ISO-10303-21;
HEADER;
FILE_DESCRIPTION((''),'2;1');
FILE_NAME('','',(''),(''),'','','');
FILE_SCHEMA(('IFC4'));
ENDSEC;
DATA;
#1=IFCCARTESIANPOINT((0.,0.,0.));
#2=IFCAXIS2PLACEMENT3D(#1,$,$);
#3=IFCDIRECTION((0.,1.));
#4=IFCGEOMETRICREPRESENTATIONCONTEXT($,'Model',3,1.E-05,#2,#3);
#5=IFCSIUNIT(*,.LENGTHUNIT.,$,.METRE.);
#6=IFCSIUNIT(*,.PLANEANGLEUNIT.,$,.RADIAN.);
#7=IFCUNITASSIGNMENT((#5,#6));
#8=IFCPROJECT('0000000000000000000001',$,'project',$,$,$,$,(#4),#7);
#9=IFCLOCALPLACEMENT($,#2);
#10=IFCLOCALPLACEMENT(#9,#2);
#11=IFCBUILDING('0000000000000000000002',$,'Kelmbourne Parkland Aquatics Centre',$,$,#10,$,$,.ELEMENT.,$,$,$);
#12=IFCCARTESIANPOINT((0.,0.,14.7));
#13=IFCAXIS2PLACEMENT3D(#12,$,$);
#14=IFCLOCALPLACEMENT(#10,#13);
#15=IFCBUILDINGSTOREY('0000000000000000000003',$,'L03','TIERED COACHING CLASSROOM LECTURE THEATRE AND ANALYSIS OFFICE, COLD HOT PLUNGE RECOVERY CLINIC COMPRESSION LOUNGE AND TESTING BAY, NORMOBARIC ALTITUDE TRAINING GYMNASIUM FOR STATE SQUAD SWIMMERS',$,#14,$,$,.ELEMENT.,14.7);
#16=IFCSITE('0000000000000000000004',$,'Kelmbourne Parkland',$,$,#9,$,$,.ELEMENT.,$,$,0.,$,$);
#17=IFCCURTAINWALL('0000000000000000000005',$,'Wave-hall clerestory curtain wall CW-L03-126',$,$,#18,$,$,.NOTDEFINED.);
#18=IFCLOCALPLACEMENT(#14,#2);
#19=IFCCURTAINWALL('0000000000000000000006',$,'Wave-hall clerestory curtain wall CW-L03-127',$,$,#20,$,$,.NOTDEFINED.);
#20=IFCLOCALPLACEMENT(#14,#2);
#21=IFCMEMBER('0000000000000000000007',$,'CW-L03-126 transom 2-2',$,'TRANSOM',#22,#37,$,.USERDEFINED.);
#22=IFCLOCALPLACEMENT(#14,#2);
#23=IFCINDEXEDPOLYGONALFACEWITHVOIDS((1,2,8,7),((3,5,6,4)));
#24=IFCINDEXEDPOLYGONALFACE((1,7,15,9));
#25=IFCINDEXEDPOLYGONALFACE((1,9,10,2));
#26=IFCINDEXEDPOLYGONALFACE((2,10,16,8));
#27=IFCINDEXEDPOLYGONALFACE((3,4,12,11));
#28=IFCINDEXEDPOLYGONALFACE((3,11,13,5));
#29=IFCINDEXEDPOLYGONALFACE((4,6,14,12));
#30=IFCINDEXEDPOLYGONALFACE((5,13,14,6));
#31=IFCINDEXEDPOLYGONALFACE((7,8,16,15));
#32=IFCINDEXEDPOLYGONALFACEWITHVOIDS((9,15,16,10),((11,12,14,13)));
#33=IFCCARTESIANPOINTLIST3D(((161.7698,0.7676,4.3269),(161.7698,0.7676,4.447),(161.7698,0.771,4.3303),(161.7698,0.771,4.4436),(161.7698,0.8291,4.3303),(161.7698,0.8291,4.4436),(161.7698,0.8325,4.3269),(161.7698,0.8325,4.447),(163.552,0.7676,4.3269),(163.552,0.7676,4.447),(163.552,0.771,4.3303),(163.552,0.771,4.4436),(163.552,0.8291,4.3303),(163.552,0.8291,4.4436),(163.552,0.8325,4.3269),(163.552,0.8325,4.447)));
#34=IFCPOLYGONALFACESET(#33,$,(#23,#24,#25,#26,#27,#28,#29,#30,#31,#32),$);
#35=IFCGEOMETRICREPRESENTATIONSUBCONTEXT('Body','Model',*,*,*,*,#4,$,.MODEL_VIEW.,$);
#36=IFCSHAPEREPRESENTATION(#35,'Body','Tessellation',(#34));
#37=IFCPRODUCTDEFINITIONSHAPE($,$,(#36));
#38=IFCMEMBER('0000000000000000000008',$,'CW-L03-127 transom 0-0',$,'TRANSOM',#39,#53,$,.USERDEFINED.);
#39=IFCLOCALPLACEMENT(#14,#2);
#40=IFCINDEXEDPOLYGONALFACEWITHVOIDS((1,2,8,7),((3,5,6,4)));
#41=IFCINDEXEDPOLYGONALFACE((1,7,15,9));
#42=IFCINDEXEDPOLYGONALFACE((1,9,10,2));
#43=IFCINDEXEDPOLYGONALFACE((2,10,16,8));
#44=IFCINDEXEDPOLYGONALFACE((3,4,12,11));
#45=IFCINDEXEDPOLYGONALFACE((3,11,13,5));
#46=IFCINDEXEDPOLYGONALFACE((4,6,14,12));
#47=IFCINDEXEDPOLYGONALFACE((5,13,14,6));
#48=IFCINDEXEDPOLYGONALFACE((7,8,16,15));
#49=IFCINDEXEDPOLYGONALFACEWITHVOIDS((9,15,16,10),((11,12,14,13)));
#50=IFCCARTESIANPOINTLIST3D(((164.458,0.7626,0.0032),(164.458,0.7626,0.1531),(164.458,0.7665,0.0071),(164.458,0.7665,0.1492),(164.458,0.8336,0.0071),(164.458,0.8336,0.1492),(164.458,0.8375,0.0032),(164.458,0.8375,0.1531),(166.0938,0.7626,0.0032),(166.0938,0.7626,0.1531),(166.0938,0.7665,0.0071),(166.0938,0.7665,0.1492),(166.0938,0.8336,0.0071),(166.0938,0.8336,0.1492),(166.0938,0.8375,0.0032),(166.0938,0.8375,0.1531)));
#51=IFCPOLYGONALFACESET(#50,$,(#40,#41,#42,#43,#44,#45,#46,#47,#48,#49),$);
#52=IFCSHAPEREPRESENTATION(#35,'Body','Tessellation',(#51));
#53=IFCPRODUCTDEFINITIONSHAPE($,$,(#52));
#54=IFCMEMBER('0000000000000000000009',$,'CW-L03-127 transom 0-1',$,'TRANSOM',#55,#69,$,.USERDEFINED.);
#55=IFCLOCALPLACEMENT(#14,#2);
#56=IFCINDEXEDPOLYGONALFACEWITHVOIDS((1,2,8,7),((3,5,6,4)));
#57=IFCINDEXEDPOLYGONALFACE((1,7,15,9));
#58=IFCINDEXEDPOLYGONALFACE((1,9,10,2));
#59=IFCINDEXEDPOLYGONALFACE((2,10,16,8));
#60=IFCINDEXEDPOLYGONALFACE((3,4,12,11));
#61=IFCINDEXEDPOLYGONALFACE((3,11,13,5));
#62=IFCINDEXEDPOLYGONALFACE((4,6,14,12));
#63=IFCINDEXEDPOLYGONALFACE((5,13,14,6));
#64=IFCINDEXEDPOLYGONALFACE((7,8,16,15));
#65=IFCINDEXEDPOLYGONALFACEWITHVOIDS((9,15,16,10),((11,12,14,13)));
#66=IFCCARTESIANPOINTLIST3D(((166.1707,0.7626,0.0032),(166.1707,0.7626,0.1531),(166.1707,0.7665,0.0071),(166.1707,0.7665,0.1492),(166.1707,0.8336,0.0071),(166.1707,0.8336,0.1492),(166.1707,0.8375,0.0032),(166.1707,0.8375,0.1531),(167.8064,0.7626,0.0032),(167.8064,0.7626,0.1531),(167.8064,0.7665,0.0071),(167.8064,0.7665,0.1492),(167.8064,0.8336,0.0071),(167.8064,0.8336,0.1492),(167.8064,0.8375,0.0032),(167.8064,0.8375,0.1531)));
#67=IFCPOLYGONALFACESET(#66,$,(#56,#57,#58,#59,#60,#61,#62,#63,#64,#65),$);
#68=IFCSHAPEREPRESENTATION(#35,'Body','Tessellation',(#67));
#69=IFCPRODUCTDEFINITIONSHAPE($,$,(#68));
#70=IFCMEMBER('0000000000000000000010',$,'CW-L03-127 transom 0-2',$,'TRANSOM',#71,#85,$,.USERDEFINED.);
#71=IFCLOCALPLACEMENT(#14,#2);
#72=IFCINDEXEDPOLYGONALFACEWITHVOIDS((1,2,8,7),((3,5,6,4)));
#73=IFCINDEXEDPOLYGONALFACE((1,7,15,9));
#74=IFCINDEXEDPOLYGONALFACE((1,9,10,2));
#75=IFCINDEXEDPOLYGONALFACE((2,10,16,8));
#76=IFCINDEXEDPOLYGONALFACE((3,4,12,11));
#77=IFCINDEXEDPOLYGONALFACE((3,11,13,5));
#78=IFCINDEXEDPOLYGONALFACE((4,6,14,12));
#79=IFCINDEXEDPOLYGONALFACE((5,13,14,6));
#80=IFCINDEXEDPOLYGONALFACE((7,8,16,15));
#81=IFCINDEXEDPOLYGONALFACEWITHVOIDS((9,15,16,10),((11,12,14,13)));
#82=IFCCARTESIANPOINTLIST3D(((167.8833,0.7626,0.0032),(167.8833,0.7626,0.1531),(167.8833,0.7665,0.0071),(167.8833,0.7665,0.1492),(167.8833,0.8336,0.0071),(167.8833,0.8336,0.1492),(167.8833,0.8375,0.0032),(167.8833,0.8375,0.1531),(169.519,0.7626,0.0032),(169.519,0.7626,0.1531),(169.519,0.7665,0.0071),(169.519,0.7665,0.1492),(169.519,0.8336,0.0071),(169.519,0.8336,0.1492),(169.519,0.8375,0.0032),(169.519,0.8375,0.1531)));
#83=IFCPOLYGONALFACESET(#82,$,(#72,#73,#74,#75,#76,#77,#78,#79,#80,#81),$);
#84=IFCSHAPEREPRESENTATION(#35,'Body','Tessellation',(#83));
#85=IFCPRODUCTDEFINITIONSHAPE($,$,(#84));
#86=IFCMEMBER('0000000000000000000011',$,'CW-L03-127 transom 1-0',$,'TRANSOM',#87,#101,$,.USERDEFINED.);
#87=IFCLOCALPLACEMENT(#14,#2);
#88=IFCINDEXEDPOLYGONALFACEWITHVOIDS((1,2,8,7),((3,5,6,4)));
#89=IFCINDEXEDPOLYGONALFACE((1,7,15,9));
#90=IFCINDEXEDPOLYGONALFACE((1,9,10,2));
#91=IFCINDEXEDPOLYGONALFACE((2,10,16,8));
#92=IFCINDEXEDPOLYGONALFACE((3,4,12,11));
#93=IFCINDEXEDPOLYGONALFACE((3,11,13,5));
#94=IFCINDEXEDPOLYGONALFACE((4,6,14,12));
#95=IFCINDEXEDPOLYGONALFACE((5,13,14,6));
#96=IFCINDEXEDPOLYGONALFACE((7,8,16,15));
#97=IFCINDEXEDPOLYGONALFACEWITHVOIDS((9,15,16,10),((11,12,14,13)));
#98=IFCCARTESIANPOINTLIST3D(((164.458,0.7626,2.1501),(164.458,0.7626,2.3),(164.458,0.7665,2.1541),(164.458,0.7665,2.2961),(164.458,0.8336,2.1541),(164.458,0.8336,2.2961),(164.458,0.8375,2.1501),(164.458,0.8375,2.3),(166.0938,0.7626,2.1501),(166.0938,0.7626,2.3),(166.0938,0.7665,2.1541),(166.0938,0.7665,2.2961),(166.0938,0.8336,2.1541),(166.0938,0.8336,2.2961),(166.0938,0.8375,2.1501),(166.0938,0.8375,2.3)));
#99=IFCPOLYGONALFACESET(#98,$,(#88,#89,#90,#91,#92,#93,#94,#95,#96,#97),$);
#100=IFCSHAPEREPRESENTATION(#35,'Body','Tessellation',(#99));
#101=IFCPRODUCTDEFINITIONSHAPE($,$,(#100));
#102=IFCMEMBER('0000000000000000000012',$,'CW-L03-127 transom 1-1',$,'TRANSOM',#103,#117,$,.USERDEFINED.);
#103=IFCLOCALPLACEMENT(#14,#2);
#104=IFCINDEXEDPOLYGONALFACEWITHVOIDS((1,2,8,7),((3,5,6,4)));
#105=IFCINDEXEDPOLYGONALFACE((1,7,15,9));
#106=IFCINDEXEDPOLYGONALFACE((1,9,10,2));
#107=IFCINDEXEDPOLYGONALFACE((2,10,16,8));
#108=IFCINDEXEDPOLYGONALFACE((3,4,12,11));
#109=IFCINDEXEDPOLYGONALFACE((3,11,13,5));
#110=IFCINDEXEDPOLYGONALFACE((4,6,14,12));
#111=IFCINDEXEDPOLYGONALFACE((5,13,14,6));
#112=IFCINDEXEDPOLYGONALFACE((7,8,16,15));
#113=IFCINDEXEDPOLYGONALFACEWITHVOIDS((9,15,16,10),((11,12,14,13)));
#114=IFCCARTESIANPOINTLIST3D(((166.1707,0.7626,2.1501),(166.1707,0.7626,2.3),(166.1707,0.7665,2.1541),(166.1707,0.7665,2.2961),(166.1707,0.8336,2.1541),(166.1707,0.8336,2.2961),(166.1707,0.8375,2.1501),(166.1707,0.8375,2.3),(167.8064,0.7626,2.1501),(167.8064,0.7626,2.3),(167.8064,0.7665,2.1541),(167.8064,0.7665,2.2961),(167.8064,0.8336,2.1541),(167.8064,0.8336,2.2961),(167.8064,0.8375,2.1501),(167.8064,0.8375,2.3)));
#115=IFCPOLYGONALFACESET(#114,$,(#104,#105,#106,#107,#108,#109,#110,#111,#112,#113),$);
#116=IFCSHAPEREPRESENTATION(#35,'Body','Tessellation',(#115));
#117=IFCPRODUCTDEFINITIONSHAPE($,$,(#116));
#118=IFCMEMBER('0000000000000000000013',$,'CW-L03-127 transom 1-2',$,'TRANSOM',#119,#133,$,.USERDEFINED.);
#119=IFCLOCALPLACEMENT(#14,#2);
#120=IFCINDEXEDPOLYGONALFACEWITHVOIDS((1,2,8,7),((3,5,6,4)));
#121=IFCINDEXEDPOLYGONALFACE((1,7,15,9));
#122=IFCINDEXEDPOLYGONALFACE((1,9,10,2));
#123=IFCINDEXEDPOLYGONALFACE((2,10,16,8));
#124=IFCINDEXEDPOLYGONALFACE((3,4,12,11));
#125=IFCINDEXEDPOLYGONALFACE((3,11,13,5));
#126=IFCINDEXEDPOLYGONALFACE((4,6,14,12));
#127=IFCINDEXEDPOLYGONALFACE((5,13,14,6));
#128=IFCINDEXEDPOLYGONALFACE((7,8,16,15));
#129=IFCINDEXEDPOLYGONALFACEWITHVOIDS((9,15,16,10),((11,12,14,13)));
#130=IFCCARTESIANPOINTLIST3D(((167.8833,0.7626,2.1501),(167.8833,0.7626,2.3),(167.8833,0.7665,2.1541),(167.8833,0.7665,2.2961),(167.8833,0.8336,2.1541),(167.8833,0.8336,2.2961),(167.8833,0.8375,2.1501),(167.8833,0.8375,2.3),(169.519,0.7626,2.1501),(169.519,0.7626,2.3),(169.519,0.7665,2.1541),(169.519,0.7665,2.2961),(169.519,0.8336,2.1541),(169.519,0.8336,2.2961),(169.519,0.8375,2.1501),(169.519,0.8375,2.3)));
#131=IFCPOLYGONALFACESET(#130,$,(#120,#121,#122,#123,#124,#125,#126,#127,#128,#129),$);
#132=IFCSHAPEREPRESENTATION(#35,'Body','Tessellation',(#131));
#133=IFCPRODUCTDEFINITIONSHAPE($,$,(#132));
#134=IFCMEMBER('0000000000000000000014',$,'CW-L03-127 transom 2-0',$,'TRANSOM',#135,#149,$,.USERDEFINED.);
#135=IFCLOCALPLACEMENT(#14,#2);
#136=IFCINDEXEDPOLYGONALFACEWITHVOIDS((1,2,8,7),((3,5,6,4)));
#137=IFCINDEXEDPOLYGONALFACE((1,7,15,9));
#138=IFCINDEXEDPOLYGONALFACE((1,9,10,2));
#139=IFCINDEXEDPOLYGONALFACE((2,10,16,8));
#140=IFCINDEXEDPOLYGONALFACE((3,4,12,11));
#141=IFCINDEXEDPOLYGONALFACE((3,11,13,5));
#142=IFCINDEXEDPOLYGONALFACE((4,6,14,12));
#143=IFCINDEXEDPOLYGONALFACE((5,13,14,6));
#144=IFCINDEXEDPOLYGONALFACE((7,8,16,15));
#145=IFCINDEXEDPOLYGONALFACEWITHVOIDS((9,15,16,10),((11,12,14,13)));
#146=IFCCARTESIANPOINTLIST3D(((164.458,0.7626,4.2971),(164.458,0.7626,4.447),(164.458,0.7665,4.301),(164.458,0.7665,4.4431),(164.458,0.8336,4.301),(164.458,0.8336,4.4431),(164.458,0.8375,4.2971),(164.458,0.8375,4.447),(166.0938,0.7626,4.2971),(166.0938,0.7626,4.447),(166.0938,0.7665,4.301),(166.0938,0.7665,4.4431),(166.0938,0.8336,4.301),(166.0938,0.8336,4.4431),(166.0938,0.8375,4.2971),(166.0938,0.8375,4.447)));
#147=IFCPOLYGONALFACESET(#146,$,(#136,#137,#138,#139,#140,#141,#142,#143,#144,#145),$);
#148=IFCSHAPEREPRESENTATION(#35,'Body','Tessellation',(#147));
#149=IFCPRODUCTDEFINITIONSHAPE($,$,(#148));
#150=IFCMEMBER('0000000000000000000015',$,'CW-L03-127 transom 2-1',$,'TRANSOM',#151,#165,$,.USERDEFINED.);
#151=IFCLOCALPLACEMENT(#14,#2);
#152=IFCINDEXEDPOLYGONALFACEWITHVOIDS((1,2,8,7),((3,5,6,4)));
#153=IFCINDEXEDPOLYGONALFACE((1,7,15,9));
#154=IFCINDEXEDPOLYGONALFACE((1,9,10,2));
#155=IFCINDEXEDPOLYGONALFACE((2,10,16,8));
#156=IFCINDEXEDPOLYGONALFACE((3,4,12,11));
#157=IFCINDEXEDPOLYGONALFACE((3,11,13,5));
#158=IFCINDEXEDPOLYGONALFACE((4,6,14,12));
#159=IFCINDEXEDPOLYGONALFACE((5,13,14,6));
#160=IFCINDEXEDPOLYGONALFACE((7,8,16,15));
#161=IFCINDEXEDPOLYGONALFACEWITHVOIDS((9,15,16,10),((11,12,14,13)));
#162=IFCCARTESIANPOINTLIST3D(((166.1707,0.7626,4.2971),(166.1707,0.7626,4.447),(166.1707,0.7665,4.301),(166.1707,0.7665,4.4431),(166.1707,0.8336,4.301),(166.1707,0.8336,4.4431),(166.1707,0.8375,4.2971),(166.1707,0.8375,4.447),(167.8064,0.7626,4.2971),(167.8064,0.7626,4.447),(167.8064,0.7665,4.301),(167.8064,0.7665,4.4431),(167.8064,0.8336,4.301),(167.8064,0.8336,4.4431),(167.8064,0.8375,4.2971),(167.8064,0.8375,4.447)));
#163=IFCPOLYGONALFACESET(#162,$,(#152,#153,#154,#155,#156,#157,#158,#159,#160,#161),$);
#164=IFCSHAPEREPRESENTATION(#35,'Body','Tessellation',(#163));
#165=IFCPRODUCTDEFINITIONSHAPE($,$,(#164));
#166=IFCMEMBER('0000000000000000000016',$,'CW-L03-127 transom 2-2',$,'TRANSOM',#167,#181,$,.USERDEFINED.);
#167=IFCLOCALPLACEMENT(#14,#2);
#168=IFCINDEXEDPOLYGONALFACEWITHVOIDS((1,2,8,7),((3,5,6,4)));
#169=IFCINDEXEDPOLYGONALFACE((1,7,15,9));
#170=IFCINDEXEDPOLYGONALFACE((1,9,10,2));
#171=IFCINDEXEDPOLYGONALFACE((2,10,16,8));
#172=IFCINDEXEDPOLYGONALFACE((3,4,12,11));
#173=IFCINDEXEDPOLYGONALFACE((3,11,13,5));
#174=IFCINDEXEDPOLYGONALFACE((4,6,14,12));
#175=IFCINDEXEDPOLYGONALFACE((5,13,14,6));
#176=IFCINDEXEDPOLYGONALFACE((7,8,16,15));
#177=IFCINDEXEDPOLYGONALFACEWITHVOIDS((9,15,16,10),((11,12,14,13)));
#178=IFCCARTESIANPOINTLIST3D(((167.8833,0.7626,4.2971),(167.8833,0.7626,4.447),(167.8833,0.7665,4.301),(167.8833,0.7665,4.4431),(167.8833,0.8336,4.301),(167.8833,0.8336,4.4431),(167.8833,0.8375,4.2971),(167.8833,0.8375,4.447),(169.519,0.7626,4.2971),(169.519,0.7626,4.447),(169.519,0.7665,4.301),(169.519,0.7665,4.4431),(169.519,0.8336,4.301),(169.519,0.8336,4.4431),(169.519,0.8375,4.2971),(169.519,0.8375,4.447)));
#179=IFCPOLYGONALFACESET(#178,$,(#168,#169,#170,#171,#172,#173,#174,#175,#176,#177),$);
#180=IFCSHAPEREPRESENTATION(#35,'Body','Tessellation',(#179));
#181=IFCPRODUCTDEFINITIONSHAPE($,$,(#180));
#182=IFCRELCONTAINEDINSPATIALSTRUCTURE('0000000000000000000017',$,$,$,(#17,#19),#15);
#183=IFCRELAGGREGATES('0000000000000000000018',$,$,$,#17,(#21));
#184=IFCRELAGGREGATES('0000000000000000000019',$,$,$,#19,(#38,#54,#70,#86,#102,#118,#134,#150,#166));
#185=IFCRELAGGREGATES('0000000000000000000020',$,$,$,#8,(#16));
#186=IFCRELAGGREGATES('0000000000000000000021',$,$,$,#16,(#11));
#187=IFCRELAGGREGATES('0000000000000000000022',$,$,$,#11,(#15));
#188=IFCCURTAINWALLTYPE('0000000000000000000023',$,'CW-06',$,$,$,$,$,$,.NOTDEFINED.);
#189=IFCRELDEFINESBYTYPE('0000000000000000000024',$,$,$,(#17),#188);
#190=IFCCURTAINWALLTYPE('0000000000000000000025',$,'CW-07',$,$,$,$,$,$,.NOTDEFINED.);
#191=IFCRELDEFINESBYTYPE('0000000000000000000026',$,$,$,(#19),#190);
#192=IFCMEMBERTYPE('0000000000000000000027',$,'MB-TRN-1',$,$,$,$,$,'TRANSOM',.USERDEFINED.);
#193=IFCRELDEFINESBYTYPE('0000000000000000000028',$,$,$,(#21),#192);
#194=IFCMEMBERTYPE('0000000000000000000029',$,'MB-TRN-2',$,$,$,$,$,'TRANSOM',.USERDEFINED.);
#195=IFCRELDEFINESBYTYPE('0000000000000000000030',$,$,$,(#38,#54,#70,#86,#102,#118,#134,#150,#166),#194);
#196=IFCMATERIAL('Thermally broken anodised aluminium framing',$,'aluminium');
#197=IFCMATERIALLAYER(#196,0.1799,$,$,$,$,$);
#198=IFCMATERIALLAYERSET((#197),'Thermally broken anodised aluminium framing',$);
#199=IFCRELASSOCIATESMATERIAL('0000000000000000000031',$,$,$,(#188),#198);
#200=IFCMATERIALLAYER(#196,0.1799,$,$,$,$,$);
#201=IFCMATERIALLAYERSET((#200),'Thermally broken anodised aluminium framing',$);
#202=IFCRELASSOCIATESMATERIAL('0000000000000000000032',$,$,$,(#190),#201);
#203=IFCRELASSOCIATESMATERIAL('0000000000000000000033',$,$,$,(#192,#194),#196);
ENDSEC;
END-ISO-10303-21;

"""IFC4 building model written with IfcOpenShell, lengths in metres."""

from ifc_helpers import new_model, si_unit, direction, frame, origin, origin_2d, place, context, subcontext, project, spatial, hollow_rectangle, extrude, material, layer, layer_set, material_profile, profile_set, type_object, element, aggregate, save


model = new_model("IFC4")

# Units and contexts
model_context = context("Model", 3, precision=1e-05, world=origin(), true_north=direction((0.0, 1.0)))
body_context = subcontext(model_context, "Body", "Model", "MODEL_VIEW")
ifc_project = project(units=[si_unit("LENGTHUNIT", "METRE"), si_unit("PLANEANGLEUNIT", "RADIAN")], contexts=[model_context])

# Site, building, storey
site_placement = place(None, origin())
site = spatial("IfcSite", under=ifc_project, at=site_placement, Name="Kelmbourne Parkland", CompositionType="ELEMENT", RefElevation=0.0)
building_placement = place(site_placement, origin())
building = spatial("IfcBuilding", under=site, at=building_placement, Name="Kelmbourne Parkland Aquatics Centre", CompositionType="ELEMENT")
storey_placement = place(building_placement, frame((0.0, 0.0, 14.7)))
storey = spatial("IfcBuildingStorey", under=building, at=storey_placement, Name="L03", Description="TIERED COACHING CLASSROOM LECTURE THEATRE AND ANALYSIS OFFICE, COLD HOT PLUNGE RECOVERY CLINIC COMPRESSION LOUNGE AND TESTING BAY, NORMOBARIC ALTITUDE TRAINING GYMNASIUM FOR STATE SQUAD SWIMMERS", CompositionType="ELEMENT", Elevation=14.7)

# Curtain wall
ifc_material_1 = material(Name="Thermally broken anodised aluminium framing", Category="aluminium")
ifc_layer_1 = layer(ifc_material_1, 0.1799)
ifc_layer_set_1 = layer_set([ifc_layer_1], Name="Thermally broken anodised aluminium framing")
curtain_wall_type_1 = type_object("IfcCurtainWallType", Name="CW-06", PredefinedType="NOTDEFINED", material=ifc_layer_set_1)
curtain_wall_1_placement = place(storey_placement, origin())
curtain_wall_1 = element("IfcCurtainWall", 1, at=curtain_wall_1_placement, inside=storey, type_object=curtain_wall_type_1, Name="Wave-hall clerestory curtain wall CW-L03-126", PredefinedType="NOTDEFINED")

# Curtain wall
ifc_layer_2 = layer(ifc_material_1, 0.1799)
ifc_layer_set_2 = layer_set([ifc_layer_2], Name="Thermally broken anodised aluminium framing")
curtain_wall_type_2 = type_object("IfcCurtainWallType", Name="CW-07", PredefinedType="NOTDEFINED", material=ifc_layer_set_2)
curtain_wall_2_placement = place(storey_placement, origin())
curtain_wall_2 = element("IfcCurtainWall", 2, at=curtain_wall_2_placement, inside=storey, type_object=curtain_wall_type_2, Name="Wave-hall clerestory curtain wall CW-L03-127", PredefinedType="NOTDEFINED")

# Members
ifc_material_profile_1 = material_profile(ifc_material_1, hollow_rectangle(XDim=0.0649, YDim=0.1201, WallThickness=0.0034, at=origin_2d()), Name="CW-T 65x120")
ifc_profile_set_1 = profile_set([ifc_material_profile_1], Name="Thermally broken anodised aluminium framing")
member_type_1 = type_object("IfcMemberType", Name="MB-TRN-1", ElementType="TRANSOM", PredefinedType="USERDEFINED", material=ifc_profile_set_1)
member_1_placement = place(storey_placement, frame((161.7698, 0.8, 4.387), z_axis=(1.0, 0.0, 0.0), x_axis=(0.0, 1.0, 0.0)))
member_1 = element("IfcMember", 3, at=member_1_placement, type_object=member_type_1, Name="CW-L03-126 transom 2-2", ObjectType="TRANSOM", PredefinedType="USERDEFINED", context=body_context, shape_type="SweptSolid", body=[
    extrude(hollow_rectangle(XDim=0.0649, YDim=0.1201, WallThickness=0.0034, at=origin_2d()), origin(), (0.0, 0.0, 1.0), 1.7822),
])
ifc_material_profile_2 = material_profile(ifc_material_1, hollow_rectangle(XDim=0.075, YDim=0.1499, WallThickness=0.0039, at=origin_2d()), Name="CW-T 75x150")
ifc_profile_set_2 = profile_set([ifc_material_profile_2], Name="Thermally broken anodised aluminium framing")
member_type_2 = type_object("IfcMemberType", Name="MB-TRN-2", ElementType="TRANSOM", PredefinedType="USERDEFINED", material=ifc_profile_set_2)
member_2_placement = place(storey_placement, frame((164.458, 0.8, 0.0781), z_axis=(1.0, 0.0, 0.0), x_axis=(0.0, 1.0, 0.0)))
member_2 = element("IfcMember", 4, at=member_2_placement, type_object=member_type_2, Name="CW-L03-127 transom 0-0", ObjectType="TRANSOM", PredefinedType="USERDEFINED", context=body_context, shape_type="SweptSolid", body=[
    extrude(hollow_rectangle(XDim=0.075, YDim=0.1499, WallThickness=0.0039, at=origin_2d()), origin(), (0.0, 0.0, 1.0), 1.6357),
])
member_3_placement = place(storey_placement, frame((166.1707, 0.8, 0.0781), z_axis=(1.0, 0.0, 0.0), x_axis=(0.0, 1.0, 0.0)))
member_3 = element("IfcMember", 5, at=member_3_placement, type_object=member_type_2, Name="CW-L03-127 transom 0-1", ObjectType="TRANSOM", PredefinedType="USERDEFINED", context=body_context, shape_type="SweptSolid", body=[
    extrude(hollow_rectangle(XDim=0.075, YDim=0.1499, WallThickness=0.0039, at=origin_2d()), origin(), (0.0, 0.0, 1.0), 1.6357),
])
member_4_placement = place(storey_placement, frame((167.8833, 0.8, 0.0781), z_axis=(1.0, 0.0, 0.0), x_axis=(0.0, 1.0, 0.0)))
member_4 = element("IfcMember", 6, at=member_4_placement, type_object=member_type_2, Name="CW-L03-127 transom 0-2", ObjectType="TRANSOM", PredefinedType="USERDEFINED", context=body_context, shape_type="SweptSolid", body=[
    extrude(hollow_rectangle(XDim=0.075, YDim=0.1499, WallThickness=0.0039, at=origin_2d()), origin(), (0.0, 0.0, 1.0), 1.6357),
])
member_5_placement = place(storey_placement, frame((164.458, 0.8, 2.2251), z_axis=(1.0, 0.0, 0.0), x_axis=(0.0, 1.0, 0.0)))
member_5 = element("IfcMember", 7, at=member_5_placement, type_object=member_type_2, Name="CW-L03-127 transom 1-0", ObjectType="TRANSOM", PredefinedType="USERDEFINED", context=body_context, shape_type="SweptSolid", body=[
    extrude(hollow_rectangle(XDim=0.075, YDim=0.1499, WallThickness=0.0039, at=origin_2d()), origin(), (0.0, 0.0, 1.0), 1.6357),
])
member_6_placement = place(storey_placement, frame((166.1707, 0.8, 2.2251), z_axis=(1.0, 0.0, 0.0), x_axis=(0.0, 1.0, 0.0)))
member_6 = element("IfcMember", 8, at=member_6_placement, type_object=member_type_2, Name="CW-L03-127 transom 1-1", ObjectType="TRANSOM", PredefinedType="USERDEFINED", context=body_context, shape_type="SweptSolid", body=[
    extrude(hollow_rectangle(XDim=0.075, YDim=0.1499, WallThickness=0.0039, at=origin_2d()), origin(), (0.0, 0.0, 1.0), 1.6357),
])
member_7_placement = place(storey_placement, frame((167.8833, 0.8, 2.2251), z_axis=(1.0, 0.0, 0.0), x_axis=(0.0, 1.0, 0.0)))
member_7 = element("IfcMember", 9, at=member_7_placement, type_object=member_type_2, Name="CW-L03-127 transom 1-2", ObjectType="TRANSOM", PredefinedType="USERDEFINED", context=body_context, shape_type="SweptSolid", body=[
    extrude(hollow_rectangle(XDim=0.075, YDim=0.1499, WallThickness=0.0039, at=origin_2d()), origin(), (0.0, 0.0, 1.0), 1.6357),
])
member_8_placement = place(storey_placement, frame((164.458, 0.8, 4.3721), z_axis=(1.0, 0.0, 0.0), x_axis=(0.0, 1.0, 0.0)))
member_8 = element("IfcMember", 10, at=member_8_placement, type_object=member_type_2, Name="CW-L03-127 transom 2-0", ObjectType="TRANSOM", PredefinedType="USERDEFINED", context=body_context, shape_type="SweptSolid", body=[
    extrude(hollow_rectangle(XDim=0.075, YDim=0.1499, WallThickness=0.0039, at=origin_2d()), origin(), (0.0, 0.0, 1.0), 1.6357),
])
member_9_placement = place(storey_placement, frame((166.1707, 0.8, 4.3721), z_axis=(1.0, 0.0, 0.0), x_axis=(0.0, 1.0, 0.0)))
member_9 = element("IfcMember", 11, at=member_9_placement, type_object=member_type_2, Name="CW-L03-127 transom 2-1", ObjectType="TRANSOM", PredefinedType="USERDEFINED", context=body_context, shape_type="SweptSolid", body=[
    extrude(hollow_rectangle(XDim=0.075, YDim=0.1499, WallThickness=0.0039, at=origin_2d()), origin(), (0.0, 0.0, 1.0), 1.6357),
])
member_10_placement = place(storey_placement, frame((167.8833, 0.8, 4.3721), z_axis=(1.0, 0.0, 0.0), x_axis=(0.0, 1.0, 0.0)))
member_10 = element("IfcMember", 12, at=member_10_placement, type_object=member_type_2, Name="CW-L03-127 transom 2-2", ObjectType="TRANSOM", PredefinedType="USERDEFINED", context=body_context, shape_type="SweptSolid", body=[
    extrude(hollow_rectangle(XDim=0.075, YDim=0.1499, WallThickness=0.0039, at=origin_2d()), origin(), (0.0, 0.0, 1.0), 1.6357),
])

aggregate(curtain_wall_1, [member_1])
aggregate(curtain_wall_2, [member_2, member_3, member_4, member_5, member_6, member_7, member_8, member_9, member_10])

save(model, "model.ifc")
